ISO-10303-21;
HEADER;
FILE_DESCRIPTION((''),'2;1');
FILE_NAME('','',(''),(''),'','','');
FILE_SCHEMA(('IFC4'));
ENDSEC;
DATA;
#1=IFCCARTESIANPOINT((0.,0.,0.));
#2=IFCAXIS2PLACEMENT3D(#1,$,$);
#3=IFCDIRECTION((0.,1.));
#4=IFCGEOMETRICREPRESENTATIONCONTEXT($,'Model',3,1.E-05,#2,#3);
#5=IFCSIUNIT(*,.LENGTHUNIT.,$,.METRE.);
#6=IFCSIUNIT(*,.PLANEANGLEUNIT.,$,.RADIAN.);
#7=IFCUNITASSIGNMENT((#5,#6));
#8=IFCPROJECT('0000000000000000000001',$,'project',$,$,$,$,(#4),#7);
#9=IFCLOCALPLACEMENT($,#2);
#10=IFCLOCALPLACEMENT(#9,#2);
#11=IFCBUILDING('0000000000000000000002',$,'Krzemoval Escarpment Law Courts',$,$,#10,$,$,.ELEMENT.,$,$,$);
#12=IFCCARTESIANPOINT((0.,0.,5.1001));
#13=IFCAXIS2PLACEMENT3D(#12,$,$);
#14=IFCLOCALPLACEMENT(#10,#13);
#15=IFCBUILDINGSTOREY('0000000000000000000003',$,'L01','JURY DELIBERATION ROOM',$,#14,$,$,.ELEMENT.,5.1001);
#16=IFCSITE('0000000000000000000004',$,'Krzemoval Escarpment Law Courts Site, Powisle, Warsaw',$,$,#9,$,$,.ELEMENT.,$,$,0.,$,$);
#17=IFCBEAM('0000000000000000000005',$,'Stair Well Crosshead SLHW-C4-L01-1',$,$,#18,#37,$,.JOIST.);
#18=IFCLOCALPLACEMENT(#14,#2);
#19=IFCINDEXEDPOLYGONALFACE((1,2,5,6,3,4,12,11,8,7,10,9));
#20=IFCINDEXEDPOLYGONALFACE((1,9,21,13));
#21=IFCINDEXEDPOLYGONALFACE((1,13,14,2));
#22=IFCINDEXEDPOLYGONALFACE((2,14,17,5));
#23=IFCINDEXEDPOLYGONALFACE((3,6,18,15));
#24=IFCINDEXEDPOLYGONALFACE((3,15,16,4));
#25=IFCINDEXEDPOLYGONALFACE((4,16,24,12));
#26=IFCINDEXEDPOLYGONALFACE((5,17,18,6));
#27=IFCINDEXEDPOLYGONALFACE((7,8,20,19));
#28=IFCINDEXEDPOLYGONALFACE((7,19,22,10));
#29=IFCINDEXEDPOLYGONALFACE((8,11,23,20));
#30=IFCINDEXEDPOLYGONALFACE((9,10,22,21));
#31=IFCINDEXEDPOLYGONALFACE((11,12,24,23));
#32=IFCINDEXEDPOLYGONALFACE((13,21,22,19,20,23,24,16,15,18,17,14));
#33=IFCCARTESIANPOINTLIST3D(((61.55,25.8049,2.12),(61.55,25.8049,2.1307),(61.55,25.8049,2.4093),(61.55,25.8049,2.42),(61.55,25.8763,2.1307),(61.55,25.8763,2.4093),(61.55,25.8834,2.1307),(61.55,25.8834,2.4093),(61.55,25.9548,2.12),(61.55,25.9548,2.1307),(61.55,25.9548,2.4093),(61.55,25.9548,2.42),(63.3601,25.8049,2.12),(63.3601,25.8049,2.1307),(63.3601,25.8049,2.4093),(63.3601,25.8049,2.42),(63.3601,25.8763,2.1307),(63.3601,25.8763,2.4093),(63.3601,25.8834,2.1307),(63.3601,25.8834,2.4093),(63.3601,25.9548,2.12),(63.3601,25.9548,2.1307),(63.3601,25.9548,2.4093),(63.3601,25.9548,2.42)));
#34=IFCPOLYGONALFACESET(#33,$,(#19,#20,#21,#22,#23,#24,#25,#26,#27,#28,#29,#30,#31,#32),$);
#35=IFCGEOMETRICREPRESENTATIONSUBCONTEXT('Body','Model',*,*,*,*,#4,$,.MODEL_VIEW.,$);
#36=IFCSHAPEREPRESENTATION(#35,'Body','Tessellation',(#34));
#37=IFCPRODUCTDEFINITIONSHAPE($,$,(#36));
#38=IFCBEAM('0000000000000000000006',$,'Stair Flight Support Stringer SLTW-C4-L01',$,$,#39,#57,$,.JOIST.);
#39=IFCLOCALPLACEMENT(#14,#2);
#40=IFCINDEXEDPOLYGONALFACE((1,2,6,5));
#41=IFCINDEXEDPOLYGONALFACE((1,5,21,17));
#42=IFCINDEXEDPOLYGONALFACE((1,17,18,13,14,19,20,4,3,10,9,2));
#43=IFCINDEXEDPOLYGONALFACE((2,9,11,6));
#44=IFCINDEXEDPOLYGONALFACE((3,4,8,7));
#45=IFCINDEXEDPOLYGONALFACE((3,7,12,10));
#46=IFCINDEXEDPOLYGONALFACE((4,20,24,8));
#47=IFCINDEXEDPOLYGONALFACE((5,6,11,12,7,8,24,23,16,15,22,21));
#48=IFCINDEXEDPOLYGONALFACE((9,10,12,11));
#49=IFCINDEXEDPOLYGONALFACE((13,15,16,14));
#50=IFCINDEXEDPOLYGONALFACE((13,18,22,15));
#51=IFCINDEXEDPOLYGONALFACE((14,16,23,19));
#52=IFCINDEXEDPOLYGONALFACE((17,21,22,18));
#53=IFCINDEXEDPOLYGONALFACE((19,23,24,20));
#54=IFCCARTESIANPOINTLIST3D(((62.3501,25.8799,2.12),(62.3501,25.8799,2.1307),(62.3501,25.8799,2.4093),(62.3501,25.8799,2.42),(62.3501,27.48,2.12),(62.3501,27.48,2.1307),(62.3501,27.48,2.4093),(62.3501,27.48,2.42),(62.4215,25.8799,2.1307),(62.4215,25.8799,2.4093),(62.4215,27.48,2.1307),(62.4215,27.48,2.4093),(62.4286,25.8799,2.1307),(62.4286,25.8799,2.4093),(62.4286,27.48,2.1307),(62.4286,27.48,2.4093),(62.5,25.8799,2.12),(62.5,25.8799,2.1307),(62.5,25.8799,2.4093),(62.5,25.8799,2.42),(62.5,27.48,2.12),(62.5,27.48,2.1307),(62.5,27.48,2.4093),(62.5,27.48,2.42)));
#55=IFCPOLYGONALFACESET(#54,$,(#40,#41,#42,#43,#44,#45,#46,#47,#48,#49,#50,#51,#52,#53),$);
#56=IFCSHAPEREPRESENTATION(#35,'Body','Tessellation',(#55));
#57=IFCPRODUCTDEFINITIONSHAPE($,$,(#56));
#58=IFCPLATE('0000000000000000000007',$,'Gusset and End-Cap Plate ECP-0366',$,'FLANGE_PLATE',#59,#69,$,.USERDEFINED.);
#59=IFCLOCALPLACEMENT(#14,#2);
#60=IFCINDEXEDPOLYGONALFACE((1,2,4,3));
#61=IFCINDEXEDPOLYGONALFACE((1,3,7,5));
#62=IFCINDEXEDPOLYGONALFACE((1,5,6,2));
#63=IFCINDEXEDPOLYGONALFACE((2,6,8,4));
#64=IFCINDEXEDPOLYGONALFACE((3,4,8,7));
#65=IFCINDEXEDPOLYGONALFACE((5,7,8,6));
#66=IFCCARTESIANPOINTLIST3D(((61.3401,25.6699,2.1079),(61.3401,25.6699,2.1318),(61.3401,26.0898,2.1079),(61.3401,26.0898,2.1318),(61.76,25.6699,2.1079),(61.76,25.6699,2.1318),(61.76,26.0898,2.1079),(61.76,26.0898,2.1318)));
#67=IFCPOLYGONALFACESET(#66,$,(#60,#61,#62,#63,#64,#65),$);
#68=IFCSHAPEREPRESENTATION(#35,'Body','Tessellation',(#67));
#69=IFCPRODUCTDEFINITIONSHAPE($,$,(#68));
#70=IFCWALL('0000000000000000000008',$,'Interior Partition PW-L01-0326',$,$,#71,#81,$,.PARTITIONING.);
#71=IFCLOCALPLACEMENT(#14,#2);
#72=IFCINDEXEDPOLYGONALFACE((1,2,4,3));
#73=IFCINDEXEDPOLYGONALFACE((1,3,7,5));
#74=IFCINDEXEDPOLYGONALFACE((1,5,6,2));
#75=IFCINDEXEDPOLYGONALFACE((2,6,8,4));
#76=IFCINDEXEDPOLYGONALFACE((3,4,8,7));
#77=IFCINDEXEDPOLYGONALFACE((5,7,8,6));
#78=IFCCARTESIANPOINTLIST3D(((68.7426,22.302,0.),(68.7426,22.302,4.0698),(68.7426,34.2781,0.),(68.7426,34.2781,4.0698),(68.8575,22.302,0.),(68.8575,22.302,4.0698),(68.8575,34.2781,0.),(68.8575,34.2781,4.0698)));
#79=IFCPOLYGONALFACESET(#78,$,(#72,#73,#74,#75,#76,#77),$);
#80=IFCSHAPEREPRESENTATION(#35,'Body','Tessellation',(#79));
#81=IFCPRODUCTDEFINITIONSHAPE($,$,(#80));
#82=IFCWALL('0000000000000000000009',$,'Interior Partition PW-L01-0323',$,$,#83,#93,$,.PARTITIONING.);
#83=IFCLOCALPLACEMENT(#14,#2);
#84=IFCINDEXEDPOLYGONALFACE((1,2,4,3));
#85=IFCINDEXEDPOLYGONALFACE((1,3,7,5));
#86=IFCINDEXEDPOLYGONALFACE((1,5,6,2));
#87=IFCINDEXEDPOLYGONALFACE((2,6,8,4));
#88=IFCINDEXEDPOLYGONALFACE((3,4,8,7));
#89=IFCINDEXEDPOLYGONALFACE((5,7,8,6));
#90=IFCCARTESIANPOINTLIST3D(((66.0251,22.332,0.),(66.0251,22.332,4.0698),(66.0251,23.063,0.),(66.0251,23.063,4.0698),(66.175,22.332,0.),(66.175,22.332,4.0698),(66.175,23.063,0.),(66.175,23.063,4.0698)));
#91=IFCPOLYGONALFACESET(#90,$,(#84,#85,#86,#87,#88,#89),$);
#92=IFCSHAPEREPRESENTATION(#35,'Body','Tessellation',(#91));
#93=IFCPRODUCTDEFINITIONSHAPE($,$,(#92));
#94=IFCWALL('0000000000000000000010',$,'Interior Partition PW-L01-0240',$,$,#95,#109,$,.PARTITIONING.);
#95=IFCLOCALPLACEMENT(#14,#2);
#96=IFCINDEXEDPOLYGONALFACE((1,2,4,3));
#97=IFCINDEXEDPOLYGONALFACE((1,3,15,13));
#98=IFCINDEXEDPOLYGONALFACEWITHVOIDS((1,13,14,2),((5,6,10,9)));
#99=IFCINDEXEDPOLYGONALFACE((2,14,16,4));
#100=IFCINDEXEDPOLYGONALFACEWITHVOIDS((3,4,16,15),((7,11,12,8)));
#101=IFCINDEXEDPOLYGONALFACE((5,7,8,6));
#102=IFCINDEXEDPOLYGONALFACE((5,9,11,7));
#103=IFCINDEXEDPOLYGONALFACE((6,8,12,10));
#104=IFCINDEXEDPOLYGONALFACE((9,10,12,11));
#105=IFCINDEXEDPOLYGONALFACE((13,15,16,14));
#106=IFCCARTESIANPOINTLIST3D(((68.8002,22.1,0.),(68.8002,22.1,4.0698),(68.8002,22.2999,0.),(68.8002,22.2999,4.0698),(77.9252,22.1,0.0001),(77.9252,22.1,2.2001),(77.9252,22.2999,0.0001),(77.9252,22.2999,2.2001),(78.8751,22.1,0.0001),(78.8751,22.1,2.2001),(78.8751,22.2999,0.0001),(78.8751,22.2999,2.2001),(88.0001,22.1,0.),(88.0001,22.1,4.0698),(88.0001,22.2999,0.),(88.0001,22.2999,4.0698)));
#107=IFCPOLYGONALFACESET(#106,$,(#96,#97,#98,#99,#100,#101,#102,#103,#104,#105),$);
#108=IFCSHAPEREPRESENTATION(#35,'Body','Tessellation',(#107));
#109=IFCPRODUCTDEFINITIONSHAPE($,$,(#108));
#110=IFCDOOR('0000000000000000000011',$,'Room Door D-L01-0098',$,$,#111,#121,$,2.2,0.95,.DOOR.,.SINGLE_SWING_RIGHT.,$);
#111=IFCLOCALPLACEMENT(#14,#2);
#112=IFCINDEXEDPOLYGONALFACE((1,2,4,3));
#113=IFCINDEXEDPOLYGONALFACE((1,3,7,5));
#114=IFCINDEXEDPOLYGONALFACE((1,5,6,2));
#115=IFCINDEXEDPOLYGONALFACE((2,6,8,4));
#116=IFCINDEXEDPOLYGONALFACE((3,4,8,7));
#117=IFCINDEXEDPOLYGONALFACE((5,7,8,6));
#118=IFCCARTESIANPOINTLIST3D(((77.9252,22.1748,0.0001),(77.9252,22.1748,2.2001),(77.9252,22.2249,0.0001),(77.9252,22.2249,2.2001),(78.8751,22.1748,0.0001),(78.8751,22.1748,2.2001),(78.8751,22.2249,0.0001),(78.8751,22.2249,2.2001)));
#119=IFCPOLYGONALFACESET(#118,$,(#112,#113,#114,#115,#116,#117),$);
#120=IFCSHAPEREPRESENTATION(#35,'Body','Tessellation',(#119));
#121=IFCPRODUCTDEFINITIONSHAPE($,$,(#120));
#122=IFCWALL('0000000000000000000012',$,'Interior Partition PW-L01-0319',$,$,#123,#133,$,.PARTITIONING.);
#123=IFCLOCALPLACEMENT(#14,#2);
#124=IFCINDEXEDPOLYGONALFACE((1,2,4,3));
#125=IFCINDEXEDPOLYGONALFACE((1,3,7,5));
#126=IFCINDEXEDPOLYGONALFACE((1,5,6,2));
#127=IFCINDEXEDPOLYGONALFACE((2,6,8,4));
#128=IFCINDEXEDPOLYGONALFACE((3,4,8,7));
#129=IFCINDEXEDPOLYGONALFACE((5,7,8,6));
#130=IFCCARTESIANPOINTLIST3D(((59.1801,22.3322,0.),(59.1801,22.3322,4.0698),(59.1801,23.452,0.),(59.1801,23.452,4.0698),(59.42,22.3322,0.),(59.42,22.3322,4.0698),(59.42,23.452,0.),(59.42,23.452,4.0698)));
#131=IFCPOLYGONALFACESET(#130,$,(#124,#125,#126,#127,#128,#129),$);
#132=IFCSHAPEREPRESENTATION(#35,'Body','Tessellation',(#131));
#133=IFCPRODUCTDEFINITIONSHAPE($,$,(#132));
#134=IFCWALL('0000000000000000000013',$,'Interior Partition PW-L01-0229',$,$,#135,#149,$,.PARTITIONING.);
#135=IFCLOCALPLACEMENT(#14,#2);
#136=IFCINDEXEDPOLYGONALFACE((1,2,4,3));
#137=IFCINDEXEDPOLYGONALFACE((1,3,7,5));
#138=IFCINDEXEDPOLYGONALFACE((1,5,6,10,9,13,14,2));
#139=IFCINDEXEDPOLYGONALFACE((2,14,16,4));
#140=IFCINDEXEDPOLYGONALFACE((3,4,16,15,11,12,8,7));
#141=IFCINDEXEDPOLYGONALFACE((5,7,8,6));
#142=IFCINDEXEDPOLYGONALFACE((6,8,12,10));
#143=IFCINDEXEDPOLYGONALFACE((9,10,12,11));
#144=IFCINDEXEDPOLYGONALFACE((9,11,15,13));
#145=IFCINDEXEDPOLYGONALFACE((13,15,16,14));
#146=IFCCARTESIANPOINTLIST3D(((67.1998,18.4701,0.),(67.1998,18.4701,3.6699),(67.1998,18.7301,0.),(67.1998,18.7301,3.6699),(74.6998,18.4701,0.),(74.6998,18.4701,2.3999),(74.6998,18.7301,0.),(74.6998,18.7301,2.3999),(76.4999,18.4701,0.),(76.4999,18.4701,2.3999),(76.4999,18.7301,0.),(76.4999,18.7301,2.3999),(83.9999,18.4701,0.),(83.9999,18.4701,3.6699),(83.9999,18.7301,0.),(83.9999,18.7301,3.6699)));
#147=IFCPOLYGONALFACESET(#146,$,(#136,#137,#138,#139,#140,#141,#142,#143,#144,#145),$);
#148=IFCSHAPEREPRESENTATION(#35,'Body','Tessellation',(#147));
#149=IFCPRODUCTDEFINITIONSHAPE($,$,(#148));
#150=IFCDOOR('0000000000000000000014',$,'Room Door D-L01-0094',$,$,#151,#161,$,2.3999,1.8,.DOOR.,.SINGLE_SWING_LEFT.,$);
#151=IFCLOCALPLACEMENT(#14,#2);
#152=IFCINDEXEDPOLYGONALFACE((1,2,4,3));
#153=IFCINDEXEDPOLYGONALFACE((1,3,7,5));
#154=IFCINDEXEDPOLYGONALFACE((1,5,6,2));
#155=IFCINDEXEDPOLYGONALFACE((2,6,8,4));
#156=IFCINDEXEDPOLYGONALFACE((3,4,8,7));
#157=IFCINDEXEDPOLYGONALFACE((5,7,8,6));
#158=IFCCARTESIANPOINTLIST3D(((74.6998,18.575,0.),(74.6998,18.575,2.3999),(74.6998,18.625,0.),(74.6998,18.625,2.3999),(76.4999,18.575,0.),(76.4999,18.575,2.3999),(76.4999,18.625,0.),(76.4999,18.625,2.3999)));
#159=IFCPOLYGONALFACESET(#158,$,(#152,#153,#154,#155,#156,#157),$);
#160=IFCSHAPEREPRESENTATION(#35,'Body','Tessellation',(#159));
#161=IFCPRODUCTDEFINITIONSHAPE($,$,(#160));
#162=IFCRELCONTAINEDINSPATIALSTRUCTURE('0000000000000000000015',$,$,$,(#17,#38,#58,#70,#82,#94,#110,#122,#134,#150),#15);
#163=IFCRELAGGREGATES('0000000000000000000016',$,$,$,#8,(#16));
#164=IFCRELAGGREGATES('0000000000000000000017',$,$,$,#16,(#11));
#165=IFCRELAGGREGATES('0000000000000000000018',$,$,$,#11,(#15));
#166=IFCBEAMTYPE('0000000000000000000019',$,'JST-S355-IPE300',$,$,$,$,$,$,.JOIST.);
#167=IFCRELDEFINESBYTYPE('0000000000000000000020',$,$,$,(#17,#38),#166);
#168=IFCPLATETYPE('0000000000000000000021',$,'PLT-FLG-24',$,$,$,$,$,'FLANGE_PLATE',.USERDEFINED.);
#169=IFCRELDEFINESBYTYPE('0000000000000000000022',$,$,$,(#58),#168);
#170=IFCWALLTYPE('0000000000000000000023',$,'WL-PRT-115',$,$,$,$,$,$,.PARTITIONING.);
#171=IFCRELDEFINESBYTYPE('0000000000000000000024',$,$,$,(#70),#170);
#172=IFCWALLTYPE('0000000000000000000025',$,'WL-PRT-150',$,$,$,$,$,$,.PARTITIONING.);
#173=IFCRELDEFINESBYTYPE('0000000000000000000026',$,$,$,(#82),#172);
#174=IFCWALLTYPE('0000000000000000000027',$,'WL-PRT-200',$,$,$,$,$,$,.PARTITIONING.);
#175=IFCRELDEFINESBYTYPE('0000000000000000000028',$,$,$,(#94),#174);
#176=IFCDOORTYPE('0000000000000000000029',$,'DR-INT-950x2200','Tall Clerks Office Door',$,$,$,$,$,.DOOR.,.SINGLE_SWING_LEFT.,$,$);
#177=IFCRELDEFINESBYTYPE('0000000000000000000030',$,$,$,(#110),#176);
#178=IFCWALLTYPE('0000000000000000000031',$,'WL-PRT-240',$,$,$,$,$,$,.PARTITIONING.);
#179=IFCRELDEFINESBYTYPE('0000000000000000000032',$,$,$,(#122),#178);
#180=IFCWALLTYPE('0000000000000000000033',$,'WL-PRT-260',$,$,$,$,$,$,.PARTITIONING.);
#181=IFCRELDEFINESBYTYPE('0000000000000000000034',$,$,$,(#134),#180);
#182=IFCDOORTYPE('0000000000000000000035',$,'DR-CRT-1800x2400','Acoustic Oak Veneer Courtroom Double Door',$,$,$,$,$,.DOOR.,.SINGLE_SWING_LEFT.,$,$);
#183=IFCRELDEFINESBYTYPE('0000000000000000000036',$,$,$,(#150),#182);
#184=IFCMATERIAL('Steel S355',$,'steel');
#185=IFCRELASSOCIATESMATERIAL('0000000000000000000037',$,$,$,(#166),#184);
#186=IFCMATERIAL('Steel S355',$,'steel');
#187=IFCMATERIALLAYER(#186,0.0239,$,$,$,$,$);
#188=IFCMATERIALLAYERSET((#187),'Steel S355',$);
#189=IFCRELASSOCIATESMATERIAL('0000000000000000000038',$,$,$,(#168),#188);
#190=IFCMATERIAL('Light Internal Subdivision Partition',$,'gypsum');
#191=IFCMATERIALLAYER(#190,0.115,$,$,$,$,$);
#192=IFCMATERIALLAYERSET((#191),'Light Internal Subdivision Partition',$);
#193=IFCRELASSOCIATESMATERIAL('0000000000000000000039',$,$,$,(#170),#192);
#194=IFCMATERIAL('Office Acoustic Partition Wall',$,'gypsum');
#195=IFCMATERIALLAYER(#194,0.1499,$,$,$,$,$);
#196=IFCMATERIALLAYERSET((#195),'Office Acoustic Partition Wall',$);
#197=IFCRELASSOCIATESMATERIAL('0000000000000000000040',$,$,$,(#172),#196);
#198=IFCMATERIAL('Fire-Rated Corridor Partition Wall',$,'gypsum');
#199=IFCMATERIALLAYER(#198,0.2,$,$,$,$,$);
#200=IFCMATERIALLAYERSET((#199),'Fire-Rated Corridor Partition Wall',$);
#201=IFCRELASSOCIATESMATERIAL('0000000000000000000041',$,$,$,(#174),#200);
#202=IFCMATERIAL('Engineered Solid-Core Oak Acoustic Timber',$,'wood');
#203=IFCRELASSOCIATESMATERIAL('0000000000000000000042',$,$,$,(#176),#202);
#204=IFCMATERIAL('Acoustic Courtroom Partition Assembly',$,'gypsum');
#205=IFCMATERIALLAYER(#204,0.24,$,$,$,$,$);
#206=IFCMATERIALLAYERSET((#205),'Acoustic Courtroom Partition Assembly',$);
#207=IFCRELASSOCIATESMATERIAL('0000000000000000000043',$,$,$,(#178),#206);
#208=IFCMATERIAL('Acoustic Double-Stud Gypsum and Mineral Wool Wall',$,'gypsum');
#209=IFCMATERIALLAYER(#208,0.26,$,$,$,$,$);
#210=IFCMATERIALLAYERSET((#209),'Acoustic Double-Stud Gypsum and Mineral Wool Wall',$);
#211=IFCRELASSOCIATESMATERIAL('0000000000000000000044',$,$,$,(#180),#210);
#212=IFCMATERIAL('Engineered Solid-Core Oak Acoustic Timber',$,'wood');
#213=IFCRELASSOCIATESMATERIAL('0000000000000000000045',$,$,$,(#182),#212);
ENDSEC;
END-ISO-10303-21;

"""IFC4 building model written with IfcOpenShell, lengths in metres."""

from ifc_helpers import new_model, si_unit, direction, frame, frame_2d, origin, origin_2d, place, context, subcontext, project, spatial, rectangle, i_section, extrude, material, layer, layer_set, material_profile, profile_set, type_object, element, fill, save


model = new_model("IFC4")

# Units and contexts
model_context = context("Model", 3, precision=1e-05, world=origin(), true_north=direction((0.0, 1.0)))
body_context = subcontext(model_context, "Body", "Model", "MODEL_VIEW")
ifc_project = project(units=[si_unit("LENGTHUNIT", "METRE"), si_unit("PLANEANGLEUNIT", "RADIAN")], contexts=[model_context])

# Site, building, storey
site_placement = place(None, origin())
site = spatial("IfcSite", under=ifc_project, at=site_placement, Name="Krzemoval Escarpment Law Courts Site, Powisle, Warsaw", CompositionType="ELEMENT", RefElevation=0.0)
building_placement = place(site_placement, origin())
building = spatial("IfcBuilding", under=site, at=building_placement, Name="Krzemoval Escarpment Law Courts", CompositionType="ELEMENT")
storey_placement = place(building_placement, frame((0.0, 0.0, 5.1001)))
storey = spatial("IfcBuildingStorey", under=building, at=storey_placement, Name="L01", Description="JURY DELIBERATION ROOM", CompositionType="ELEMENT", Elevation=5.1001)

# Beams
ifc_material_1 = material(Name="Steel S355", Category="steel")
ifc_material_profile_1 = material_profile(ifc_material_1, i_section(OverallWidth=0.1499, OverallDepth=0.3, WebThickness=0.0071, FlangeThickness=0.0107, at=origin_2d()), Name="IPE 300")
ifc_profile_set_1 = profile_set([ifc_material_profile_1], Name="Steel S355")
beam_type_1 = type_object("IfcBeamType", Name="JST-S355-IPE300", PredefinedType="JOIST", material=ifc_profile_set_1)
beam_1_placement = place(storey_placement, frame((61.55, 25.8799, 2.27), z_axis=(1.0, 0.0, 0.0), x_axis=(0.0, 1.0, 0.0)))
element("IfcBeam", 1, at=beam_1_placement, inside=storey, type_object=beam_type_1, Name="Stair Well Crosshead SLHW-C4-L01-1", PredefinedType="JOIST", context=body_context, shape_type="SweptSolid", body=[
    extrude(i_section(OverallWidth=0.1499, OverallDepth=0.3, WebThickness=0.0071, FlangeThickness=0.0107, at=origin_2d()), origin(), (0.0, 0.0, 1.0), 1.8101),
])
beam_2_placement = place(storey_placement, frame((62.425, 25.8799, 2.27), z_axis=(0.0, 1.0, 0.0), x_axis=(-1.0, 0.0, 0.0)))
element("IfcBeam", 2, at=beam_2_placement, inside=storey, type_object=beam_type_1, Name="Stair Flight Support Stringer SLTW-C4-L01", PredefinedType="JOIST", context=body_context, shape_type="SweptSolid", body=[
    extrude(i_section(OverallWidth=0.1499, OverallDepth=0.3, WebThickness=0.0071, FlangeThickness=0.0107, at=origin_2d()), origin(), (0.0, 0.0, 1.0), 1.6001),
])

# Plate
ifc_material_2 = material(Name="Steel S355", Category="steel")
ifc_layer_1 = layer(ifc_material_2, 0.0239)
ifc_layer_set_1 = layer_set([ifc_layer_1], Name="Steel S355")
plate_type = type_object("IfcPlateType", Name="PLT-FLG-24", ElementType="FLANGE_PLATE", PredefinedType="USERDEFINED", material=ifc_layer_set_1)
plate_placement = place(storey_placement, frame((61.55, 25.8799, 2.1079), z_axis=(0.0, 0.0, 1.0), x_axis=(1.0, 0.0, 0.0)))
element("IfcPlate", 3, at=plate_placement, inside=storey, type_object=plate_type, Name="Gusset and End-Cap Plate ECP-0366", ObjectType="FLANGE_PLATE", PredefinedType="USERDEFINED", context=body_context, shape_type="SweptSolid", body=[
    extrude(rectangle(XDim=0.4199, YDim=0.4199, at=origin_2d()), origin(), (0.0, 0.0, 1.0), 0.0239),
])

# Walls
ifc_material_3 = material(Name="Light Internal Subdivision Partition", Category="gypsum")
ifc_layer_2 = layer(ifc_material_3, 0.115)
ifc_layer_set_2 = layer_set([ifc_layer_2], Name="Light Internal Subdivision Partition")
wall_type_1 = type_object("IfcWallType", Name="WL-PRT-115", PredefinedType="PARTITIONING", material=ifc_layer_set_2)
wall_1_placement = place(storey_placement, frame((68.8, 22.302, 0.0), z_axis=(0.0, 0.0, 1.0), x_axis=(0.0, 1.0, 0.0)))
element("IfcWall", 4, at=wall_1_placement, inside=storey, type_object=wall_type_1, Name="Interior Partition PW-L01-0326", PredefinedType="PARTITIONING", context=body_context, shape_type="SweptSolid", body=[
    extrude(rectangle(XDim=11.9761, YDim=0.115, at=frame_2d((5.988, 0.0))), origin(), (0.0, 0.0, 1.0), 4.0698),
])
ifc_material_4 = material(Name="Office Acoustic Partition Wall", Category="gypsum")
ifc_layer_3 = layer(ifc_material_4, 0.1499)
ifc_layer_set_3 = layer_set([ifc_layer_3], Name="Office Acoustic Partition Wall")
wall_type_2 = type_object("IfcWallType", Name="WL-PRT-150", PredefinedType="PARTITIONING", material=ifc_layer_set_3)
wall_2_placement = place(storey_placement, frame((66.1001, 22.332, 0.0), z_axis=(0.0, 0.0, 1.0), x_axis=(0.0, 1.0, 0.0)))
element("IfcWall", 5, at=wall_2_placement, inside=storey, type_object=wall_type_2, Name="Interior Partition PW-L01-0323", PredefinedType="PARTITIONING", context=body_context, shape_type="SweptSolid", body=[
    extrude(rectangle(XDim=0.731, YDim=0.1499, at=frame_2d((0.3655, 0.0))), origin(), (0.0, 0.0, 1.0), 4.0698),
])

# Wall, opening, door
ifc_material_5 = material(Name="Fire-Rated Corridor Partition Wall", Category="gypsum")
ifc_layer_4 = layer(ifc_material_5, 0.2)
ifc_layer_set_4 = layer_set([ifc_layer_4], Name="Fire-Rated Corridor Partition Wall")
wall_type_3 = type_object("IfcWallType", Name="WL-PRT-200", PredefinedType="PARTITIONING", material=ifc_layer_set_4)
wall_3_placement = place(storey_placement, frame((68.8, 22.2, 0.0), z_axis=(0.0, 0.0, 1.0), x_axis=(1.0, 0.0, 0.0)))
wall_3 = element("IfcWall", 6, at=wall_3_placement, inside=storey, type_object=wall_type_3, Name="Interior Partition PW-L01-0240", PredefinedType="PARTITIONING", context=body_context, shape_type="SweptSolid", body=[
    extrude(rectangle(XDim=19.2, YDim=0.2, at=frame_2d((9.6001, 0.0))), origin(), (0.0, 0.0, 1.0), 4.0698),
])
opening_1_placement = place(wall_3_placement, frame((9.125, 0.0, 0.0)))
opening_1 = element("IfcOpeningElement", 7, at=opening_1_placement, cuts=wall_3, PredefinedType="OPENING", context=body_context, shape_type="SweptSolid", body=[
    extrude(rectangle(XDim=0.95, YDim=2.2, at=frame_2d((0.4751, 1.1001))), frame((0.0, 0.115, 0.0), z_axis=(0.0, -1.0, 0.0), x_axis=(1.0, 0.0, 0.0)), (0.0, 0.0, 1.0), 0.2299),
])
ifc_material_6 = material(Name="Engineered Solid-Core Oak Acoustic Timber", Category="wood")
door_type_1 = type_object("IfcDoorType", Name="DR-INT-950x2200", Description="Tall Clerks Office Door", OperationType="SINGLE_SWING_LEFT", PredefinedType="DOOR", material=ifc_material_6)
door_1_placement = place(opening_1_placement, origin())
door_1 = element("IfcDoor", 8, at=door_1_placement, inside=storey, type_object=door_type_1, Name="Room Door D-L01-0098", OperationType="SINGLE_SWING_RIGHT", OverallHeight=2.2, OverallWidth=0.95, PredefinedType="DOOR", context=body_context, shape_type="SweptSolid", body=[
    extrude(rectangle(XDim=0.95, YDim=2.2, at=frame_2d((0.4751, 1.1001))), frame((0.0, 0.0249, 0.0), z_axis=(0.0, -1.0, 0.0), x_axis=(1.0, 0.0, 0.0)), (0.0, 0.0, 1.0), 0.05),
])
fill(opening_1, door_1)

# Wall
ifc_material_7 = material(Name="Acoustic Courtroom Partition Assembly", Category="gypsum")
ifc_layer_5 = layer(ifc_material_7, 0.24)
ifc_layer_set_5 = layer_set([ifc_layer_5], Name="Acoustic Courtroom Partition Assembly")
wall_type_4 = type_object("IfcWallType", Name="WL-PRT-240", PredefinedType="PARTITIONING", material=ifc_layer_set_5)
wall_4_placement = place(storey_placement, frame((59.3, 22.332, 0.0), z_axis=(0.0, 0.0, 1.0), x_axis=(0.0, 1.0, 0.0)))
element("IfcWall", 9, at=wall_4_placement, inside=storey, type_object=wall_type_4, Name="Interior Partition PW-L01-0319", PredefinedType="PARTITIONING", context=body_context, shape_type="SweptSolid", body=[
    extrude(rectangle(XDim=1.1199, YDim=0.24, at=frame_2d((0.5601, 0.0))), origin(), (0.0, 0.0, 1.0), 4.0698),
])

# Wall, opening, door
ifc_material_8 = material(Name="Acoustic Double-Stud Gypsum and Mineral Wool Wall", Category="gypsum")
ifc_layer_6 = layer(ifc_material_8, 0.26)
ifc_layer_set_6 = layer_set([ifc_layer_6], Name="Acoustic Double-Stud Gypsum and Mineral Wool Wall")
wall_type_5 = type_object("IfcWallType", Name="WL-PRT-260", PredefinedType="PARTITIONING", material=ifc_layer_set_6)
wall_5_placement = place(storey_placement, frame((67.2, 18.6001, 0.0), z_axis=(0.0, 0.0, 1.0), x_axis=(1.0, 0.0, 0.0)))
wall_5 = element("IfcWall", 10, at=wall_5_placement, inside=storey, type_object=wall_type_5, Name="Interior Partition PW-L01-0229", PredefinedType="PARTITIONING", context=body_context, shape_type="SweptSolid", body=[
    extrude(rectangle(XDim=16.8, YDim=0.26, at=frame_2d((8.3999, 0.0))), origin(), (0.0, 0.0, 1.0), 3.6699),
])
opening_2_placement = place(wall_5_placement, frame((7.5, 0.0, 0.0)))
opening_2 = element("IfcOpeningElement", 11, at=opening_2_placement, cuts=wall_5, PredefinedType="OPENING", context=body_context, shape_type="SweptSolid", body=[
    extrude(rectangle(XDim=1.8, YDim=2.3999, at=frame_2d((0.8999, 1.2))), frame((0.0, 0.145, 0.0), z_axis=(0.0, -1.0, 0.0), x_axis=(1.0, 0.0, 0.0)), (0.0, 0.0, 1.0), 0.29),
])
ifc_material_9 = material(Name="Engineered Solid-Core Oak Acoustic Timber", Category="wood")
door_type_2 = type_object("IfcDoorType", Name="DR-CRT-1800x2400", Description="Acoustic Oak Veneer Courtroom Double Door", OperationType="SINGLE_SWING_LEFT", PredefinedType="DOOR", material=ifc_material_9)
door_2_placement = place(opening_2_placement, origin())
door_2 = element("IfcDoor", 12, at=door_2_placement, inside=storey, type_object=door_type_2, Name="Room Door D-L01-0094", OperationType="SINGLE_SWING_LEFT", OverallHeight=2.3999, OverallWidth=1.8, PredefinedType="DOOR", context=body_context, shape_type="SweptSolid", body=[
    extrude(rectangle(XDim=1.8, YDim=2.3999, at=frame_2d((0.8999, 1.2))), frame((0.0, 0.0249, 0.0), z_axis=(0.0, -1.0, 0.0), x_axis=(1.0, 0.0, 0.0)), (0.0, 0.0, 1.0), 0.05),
])
fill(opening_2, door_2)

save(model, "model.ifc")
